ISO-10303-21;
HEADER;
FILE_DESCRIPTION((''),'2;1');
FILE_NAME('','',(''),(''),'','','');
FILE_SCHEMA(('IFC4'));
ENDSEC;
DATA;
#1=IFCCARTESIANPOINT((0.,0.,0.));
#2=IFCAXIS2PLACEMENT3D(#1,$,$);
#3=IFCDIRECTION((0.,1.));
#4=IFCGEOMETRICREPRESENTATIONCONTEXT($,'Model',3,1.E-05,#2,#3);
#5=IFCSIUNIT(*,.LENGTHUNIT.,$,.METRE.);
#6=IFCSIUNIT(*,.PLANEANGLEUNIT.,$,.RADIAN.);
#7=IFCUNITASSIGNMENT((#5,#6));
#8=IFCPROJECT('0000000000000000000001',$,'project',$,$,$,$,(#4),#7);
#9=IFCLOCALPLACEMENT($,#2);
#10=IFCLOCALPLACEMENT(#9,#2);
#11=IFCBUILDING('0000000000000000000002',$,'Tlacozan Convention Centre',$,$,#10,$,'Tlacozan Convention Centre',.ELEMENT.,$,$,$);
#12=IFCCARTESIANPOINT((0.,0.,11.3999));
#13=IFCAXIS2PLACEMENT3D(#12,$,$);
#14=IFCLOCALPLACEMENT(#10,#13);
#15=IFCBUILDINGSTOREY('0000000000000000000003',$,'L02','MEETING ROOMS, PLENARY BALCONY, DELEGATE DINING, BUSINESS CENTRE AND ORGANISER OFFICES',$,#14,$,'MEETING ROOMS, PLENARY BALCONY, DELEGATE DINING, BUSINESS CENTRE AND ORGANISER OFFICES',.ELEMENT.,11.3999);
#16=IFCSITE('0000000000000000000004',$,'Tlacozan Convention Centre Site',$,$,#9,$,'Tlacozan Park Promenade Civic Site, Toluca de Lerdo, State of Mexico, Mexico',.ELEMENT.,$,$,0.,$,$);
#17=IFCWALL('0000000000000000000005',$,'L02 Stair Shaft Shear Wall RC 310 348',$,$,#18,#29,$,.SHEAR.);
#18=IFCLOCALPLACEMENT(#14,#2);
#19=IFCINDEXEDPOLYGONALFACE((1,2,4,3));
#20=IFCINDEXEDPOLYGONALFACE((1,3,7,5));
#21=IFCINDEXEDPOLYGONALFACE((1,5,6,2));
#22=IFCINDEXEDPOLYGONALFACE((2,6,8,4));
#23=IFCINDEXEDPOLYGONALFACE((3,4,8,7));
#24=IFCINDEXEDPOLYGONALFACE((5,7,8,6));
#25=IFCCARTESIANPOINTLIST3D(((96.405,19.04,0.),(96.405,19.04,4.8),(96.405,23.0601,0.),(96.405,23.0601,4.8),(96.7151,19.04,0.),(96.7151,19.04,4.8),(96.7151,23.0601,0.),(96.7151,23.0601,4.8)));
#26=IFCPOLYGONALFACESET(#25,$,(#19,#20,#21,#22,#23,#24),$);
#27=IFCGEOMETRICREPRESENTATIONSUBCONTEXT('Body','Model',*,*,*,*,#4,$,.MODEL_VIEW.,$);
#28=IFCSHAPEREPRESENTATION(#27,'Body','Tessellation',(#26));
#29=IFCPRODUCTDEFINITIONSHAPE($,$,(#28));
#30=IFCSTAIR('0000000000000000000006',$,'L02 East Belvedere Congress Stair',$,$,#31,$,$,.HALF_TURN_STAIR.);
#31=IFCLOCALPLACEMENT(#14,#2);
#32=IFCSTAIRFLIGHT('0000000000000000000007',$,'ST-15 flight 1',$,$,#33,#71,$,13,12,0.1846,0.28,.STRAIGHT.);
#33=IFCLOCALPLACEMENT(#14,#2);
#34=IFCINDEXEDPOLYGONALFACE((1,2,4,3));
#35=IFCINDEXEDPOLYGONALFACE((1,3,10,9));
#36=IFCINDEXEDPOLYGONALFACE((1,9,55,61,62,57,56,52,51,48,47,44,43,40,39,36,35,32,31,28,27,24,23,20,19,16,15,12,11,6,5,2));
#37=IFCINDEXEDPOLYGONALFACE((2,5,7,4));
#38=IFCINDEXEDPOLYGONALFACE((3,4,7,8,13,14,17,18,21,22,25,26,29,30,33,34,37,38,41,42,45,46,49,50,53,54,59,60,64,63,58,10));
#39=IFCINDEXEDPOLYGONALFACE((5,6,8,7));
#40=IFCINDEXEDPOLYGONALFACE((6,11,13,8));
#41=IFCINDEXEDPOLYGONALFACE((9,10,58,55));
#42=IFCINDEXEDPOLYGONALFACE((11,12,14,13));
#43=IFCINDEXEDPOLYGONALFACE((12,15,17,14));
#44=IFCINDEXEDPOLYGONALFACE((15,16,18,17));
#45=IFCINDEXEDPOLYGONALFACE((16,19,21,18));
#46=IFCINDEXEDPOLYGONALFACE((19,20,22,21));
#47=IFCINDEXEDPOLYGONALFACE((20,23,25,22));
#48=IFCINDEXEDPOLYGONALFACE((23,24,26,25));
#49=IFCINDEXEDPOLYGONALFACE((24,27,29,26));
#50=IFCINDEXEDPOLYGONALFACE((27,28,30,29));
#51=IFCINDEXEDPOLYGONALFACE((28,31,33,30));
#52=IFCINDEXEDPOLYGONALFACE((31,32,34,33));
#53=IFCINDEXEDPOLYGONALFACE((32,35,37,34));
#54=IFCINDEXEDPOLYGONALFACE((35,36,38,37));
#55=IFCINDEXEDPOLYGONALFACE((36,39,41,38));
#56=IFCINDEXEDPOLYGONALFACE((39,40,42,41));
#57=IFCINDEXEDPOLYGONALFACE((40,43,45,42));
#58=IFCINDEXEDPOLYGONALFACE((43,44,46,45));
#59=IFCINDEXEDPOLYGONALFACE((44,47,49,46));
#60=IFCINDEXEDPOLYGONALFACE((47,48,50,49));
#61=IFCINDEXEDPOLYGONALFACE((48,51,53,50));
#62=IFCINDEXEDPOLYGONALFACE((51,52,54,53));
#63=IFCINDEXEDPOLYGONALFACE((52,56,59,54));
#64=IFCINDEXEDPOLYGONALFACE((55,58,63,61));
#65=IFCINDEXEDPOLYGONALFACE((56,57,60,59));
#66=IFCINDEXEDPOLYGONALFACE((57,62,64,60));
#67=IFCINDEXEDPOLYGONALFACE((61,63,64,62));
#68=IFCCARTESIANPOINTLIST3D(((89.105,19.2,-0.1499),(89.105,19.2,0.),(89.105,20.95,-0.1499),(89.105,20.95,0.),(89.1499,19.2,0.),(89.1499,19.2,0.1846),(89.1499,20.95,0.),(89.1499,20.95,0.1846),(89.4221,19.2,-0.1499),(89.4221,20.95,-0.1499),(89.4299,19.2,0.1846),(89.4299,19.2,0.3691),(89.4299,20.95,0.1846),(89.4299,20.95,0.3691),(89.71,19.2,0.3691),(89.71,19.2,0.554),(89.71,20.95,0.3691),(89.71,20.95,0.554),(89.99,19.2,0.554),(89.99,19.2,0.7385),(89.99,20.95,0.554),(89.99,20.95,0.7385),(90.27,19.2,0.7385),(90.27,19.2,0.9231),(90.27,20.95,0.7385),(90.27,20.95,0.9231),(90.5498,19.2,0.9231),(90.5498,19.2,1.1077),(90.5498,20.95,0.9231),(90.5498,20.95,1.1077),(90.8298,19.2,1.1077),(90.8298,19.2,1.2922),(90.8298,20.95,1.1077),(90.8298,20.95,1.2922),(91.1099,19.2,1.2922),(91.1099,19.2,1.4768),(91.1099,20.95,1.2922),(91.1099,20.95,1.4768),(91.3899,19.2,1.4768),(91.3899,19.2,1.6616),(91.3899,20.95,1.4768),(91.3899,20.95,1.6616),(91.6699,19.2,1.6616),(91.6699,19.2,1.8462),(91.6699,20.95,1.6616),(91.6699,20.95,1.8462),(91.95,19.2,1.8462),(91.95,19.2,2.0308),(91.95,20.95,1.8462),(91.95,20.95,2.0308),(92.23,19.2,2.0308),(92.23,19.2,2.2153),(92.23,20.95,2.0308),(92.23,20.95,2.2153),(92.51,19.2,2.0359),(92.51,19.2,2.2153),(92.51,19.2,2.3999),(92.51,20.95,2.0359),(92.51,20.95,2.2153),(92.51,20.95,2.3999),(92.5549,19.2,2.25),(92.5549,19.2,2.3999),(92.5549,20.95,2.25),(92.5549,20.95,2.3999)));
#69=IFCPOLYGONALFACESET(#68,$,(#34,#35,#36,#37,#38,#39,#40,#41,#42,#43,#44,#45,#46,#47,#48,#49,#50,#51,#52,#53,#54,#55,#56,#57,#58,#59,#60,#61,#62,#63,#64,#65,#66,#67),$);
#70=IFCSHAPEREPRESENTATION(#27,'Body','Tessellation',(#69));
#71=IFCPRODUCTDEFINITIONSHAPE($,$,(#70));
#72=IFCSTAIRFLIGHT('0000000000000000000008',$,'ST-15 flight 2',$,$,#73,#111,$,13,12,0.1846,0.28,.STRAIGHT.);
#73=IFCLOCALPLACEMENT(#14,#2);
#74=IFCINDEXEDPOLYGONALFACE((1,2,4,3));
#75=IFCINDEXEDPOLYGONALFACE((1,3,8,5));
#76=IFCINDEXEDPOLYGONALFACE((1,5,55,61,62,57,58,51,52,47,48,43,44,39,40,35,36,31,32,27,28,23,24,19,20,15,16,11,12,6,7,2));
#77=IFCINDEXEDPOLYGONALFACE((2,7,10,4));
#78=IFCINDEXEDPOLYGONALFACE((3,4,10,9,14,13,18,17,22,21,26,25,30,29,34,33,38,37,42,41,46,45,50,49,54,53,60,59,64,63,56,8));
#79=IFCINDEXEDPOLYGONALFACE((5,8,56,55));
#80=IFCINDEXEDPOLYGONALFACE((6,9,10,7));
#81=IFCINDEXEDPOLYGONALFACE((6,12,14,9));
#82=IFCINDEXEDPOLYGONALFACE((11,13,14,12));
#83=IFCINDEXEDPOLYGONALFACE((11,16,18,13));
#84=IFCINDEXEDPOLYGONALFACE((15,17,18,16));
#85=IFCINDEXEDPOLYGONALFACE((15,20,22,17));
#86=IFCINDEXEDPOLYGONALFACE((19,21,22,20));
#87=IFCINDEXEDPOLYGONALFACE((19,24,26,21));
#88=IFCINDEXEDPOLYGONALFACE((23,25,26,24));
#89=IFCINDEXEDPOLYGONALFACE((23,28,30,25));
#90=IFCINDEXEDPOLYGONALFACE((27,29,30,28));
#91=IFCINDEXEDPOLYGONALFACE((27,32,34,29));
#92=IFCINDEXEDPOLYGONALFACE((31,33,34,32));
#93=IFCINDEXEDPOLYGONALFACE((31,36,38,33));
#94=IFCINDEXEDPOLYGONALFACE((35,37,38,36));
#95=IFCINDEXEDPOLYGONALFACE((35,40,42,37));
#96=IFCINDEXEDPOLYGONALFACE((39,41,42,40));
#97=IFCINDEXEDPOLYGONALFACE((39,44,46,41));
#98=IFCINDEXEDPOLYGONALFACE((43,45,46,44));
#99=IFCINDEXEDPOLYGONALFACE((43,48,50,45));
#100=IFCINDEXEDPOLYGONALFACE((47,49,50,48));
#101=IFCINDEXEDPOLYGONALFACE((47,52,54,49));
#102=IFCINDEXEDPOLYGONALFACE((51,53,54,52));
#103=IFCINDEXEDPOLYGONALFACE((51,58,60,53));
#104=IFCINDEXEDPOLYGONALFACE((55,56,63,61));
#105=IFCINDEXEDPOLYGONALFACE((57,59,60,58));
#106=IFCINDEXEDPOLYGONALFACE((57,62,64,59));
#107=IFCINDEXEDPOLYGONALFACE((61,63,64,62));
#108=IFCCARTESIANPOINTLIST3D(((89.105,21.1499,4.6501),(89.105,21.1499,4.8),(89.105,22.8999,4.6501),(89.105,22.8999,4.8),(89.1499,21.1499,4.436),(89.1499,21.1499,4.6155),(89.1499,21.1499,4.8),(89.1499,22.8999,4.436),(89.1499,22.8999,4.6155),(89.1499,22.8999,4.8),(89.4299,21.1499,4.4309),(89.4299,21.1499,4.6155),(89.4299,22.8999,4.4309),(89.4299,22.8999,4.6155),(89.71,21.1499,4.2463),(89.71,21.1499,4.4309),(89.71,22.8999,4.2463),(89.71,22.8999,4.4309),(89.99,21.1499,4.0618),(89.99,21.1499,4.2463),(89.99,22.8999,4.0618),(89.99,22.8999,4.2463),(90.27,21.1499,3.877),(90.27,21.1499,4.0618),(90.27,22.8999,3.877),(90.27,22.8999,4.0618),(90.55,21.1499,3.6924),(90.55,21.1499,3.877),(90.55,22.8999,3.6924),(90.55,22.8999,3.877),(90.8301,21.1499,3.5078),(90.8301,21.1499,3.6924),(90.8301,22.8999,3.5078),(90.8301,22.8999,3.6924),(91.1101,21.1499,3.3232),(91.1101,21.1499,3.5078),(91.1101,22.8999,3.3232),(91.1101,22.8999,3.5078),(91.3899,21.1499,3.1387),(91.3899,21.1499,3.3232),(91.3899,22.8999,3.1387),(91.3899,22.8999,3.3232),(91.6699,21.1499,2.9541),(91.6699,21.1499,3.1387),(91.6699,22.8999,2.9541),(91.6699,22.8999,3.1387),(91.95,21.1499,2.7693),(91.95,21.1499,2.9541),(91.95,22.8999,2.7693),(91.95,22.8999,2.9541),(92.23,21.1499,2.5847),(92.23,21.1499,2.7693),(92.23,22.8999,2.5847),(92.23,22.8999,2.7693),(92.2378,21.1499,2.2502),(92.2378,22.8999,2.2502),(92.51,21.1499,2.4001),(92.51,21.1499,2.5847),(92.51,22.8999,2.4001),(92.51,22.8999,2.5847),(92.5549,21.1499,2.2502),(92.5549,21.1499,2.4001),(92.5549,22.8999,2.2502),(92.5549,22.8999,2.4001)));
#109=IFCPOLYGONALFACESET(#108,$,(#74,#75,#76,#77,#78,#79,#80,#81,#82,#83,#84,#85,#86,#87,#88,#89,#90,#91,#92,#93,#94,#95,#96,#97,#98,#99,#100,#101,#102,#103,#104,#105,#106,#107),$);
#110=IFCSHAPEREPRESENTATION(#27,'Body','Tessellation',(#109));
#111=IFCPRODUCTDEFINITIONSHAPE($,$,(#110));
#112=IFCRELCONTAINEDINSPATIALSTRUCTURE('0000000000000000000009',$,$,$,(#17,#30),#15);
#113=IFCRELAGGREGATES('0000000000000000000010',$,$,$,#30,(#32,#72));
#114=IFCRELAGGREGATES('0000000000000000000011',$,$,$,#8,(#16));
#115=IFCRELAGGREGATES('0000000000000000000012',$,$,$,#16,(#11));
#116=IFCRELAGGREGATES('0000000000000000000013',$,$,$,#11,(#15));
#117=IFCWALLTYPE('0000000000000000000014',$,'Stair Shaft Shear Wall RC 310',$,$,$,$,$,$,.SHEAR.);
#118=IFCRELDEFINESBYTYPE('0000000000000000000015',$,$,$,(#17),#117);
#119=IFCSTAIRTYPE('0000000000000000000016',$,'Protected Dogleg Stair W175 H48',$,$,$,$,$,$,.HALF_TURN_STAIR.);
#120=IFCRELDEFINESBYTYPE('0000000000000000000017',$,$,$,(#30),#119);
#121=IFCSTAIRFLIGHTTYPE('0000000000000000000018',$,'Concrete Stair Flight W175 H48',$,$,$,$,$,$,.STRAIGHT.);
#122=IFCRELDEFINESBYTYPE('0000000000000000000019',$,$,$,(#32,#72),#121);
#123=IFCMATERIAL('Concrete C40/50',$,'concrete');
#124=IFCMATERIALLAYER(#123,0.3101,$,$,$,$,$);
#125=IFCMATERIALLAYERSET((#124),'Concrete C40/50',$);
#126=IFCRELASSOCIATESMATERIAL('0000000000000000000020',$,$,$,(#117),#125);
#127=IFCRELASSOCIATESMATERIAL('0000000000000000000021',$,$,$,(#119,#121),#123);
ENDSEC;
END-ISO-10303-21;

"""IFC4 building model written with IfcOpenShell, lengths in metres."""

from ifc_helpers import new_model, si_unit, direction, frame, frame_2d, origin, place, context, subcontext, project, spatial, polyline, rectangle, outline, extrude, material, layer, layer_set, type_object, element, aggregate, save


model = new_model("IFC4")

# Units and contexts
model_context = context("Model", 3, precision=1e-05, world=origin(), true_north=direction((0.0, 1.0)))
body_context = subcontext(model_context, "Body", "Model", "MODEL_VIEW")
ifc_project = project(units=[si_unit("LENGTHUNIT", "METRE"), si_unit("PLANEANGLEUNIT", "RADIAN")], contexts=[model_context])

# Site, building, storey
site_placement = place(None, origin())
site = spatial("IfcSite", under=ifc_project, at=site_placement, Name="Tlacozan Convention Centre Site", LongName="Tlacozan Park Promenade Civic Site, Toluca de Lerdo, State of Mexico, Mexico", CompositionType="ELEMENT", RefElevation=0.0)
building_placement = place(site_placement, origin())
building = spatial("IfcBuilding", under=site, at=building_placement, Name="Tlacozan Convention Centre", LongName="Tlacozan Convention Centre", CompositionType="ELEMENT")
storey_placement = place(building_placement, frame((0.0, 0.0, 11.3999)))
storey = spatial("IfcBuildingStorey", under=building, at=storey_placement, Name="L02", Description="MEETING ROOMS, PLENARY BALCONY, DELEGATE DINING, BUSINESS CENTRE AND ORGANISER OFFICES", LongName="MEETING ROOMS, PLENARY BALCONY, DELEGATE DINING, BUSINESS CENTRE AND ORGANISER OFFICES", CompositionType="ELEMENT", Elevation=11.3999)

# Shared definitions
ifc_material_1 = material(Name="Concrete C40/50", Category="concrete")

# Shared definitions
ifc_layer_1 = layer(ifc_material_1, 0.3101)
ifc_layer_set_1 = layer_set([ifc_layer_1], Name="Concrete C40/50")
wall_type_1 = type_object("IfcWallType", Name="Stair Shaft Shear Wall RC 310", PredefinedType="SHEAR", material=ifc_layer_set_1)

# Wall
wall_1_placement = place(storey_placement, frame((96.5601, 19.04, 0.0), z_axis=(0.0, 0.0, 1.0), x_axis=(0.0, 1.0, 0.0)))
element("IfcWall", 1, at=wall_1_placement, inside=storey, type_object=wall_type_1, Name="L02 Stair Shaft Shear Wall RC 310 348", PredefinedType="SHEAR", context=body_context, shape_type="SweptSolid", body=[
    extrude(rectangle(XDim=4.02, YDim=0.3101, at=frame_2d((2.01, 0.0))), origin(), (0.0, 0.0, 1.0), 4.8),
])

# Stair, stair flights
stair_type = type_object("IfcStairType", Name="Protected Dogleg Stair W175 H48", PredefinedType="HALF_TURN_STAIR", material=ifc_material_1)
stair_placement = place(storey_placement, origin())
stair = element("IfcStair", 2, at=stair_placement, inside=storey, type_object=stair_type, Name="L02 East Belvedere Congress Stair", PredefinedType="HALF_TURN_STAIR")
stair_flight_type = type_object("IfcStairFlightType", Name="Concrete Stair Flight W175 H48", PredefinedType="STRAIGHT", material=ifc_material_1)
stair_flight_1_placement = place(storey_placement, frame((89.1499, 20.075, 0.0), z_axis=(0.0, 0.0, 1.0), x_axis=(1.0, 0.0, 0.0)))
stair_flight_1 = element("IfcStairFlight", 3, at=stair_flight_1_placement, type_object=stair_flight_type, Name="ST-15 flight 1", NumberOfRisers=13, NumberOfTreads=12, PredefinedType="STRAIGHT", RiserHeight=0.1846, TreadLength=0.28, context=body_context, shape_type="SweptSolid", body=[
    extrude(outline(polyline([(-0.0449, -0.1499), (-0.0449, 0.0), (0.0, 0.0), (0.0, 0.1846), (0.28, 0.1846), (0.28, 0.3691), (0.5601, 0.3691), (0.5601, 0.554), (0.8401, 0.554), (0.8401, 0.7385), (1.1201, 0.7385), (1.1201, 0.9231), (1.3999, 0.9231), (1.3999, 1.1077), (1.6799, 1.1077), (1.6799, 1.2922), (1.96, 1.2922), (1.96, 1.4768), (2.24, 1.4768), (2.24, 1.6616), (2.52, 1.6616), (2.52, 1.8462), (2.8, 1.8462), (2.8, 2.0308), (3.0801, 2.0308), (3.0801, 2.2153), (3.3601, 2.2153), (3.3601, 2.3999), (3.405, 2.3999), (3.405, 2.25), (3.3601, 2.0359), (0.2722, -0.1499), (-0.0449, -0.1499)])), frame((0.0, 0.875, 0.0), z_axis=(0.0, -1.0, 0.0), x_axis=(1.0, 0.0, 0.0)), (0.0, 0.0, 1.0), 1.75),
])
stair_flight_2_placement = place(storey_placement, frame((92.51, 22.0249, 2.4001), z_axis=(0.0, 0.0, 1.0), x_axis=(-1.0, 0.0, 0.0)))
stair_flight_2 = element("IfcStairFlight", 4, at=stair_flight_2_placement, type_object=stair_flight_type, Name="ST-15 flight 2", NumberOfRisers=13, NumberOfTreads=12, PredefinedType="STRAIGHT", RiserHeight=0.1846, TreadLength=0.28, context=body_context, shape_type="SweptSolid", body=[
    extrude(outline(polyline([(-0.0449, -0.1499), (-0.0449, 0.0), (0.0, 0.0), (0.0, 0.1846), (0.28, 0.1846), (0.28, 0.3691), (0.5601, 0.3691), (0.5601, 0.554), (0.8401, 0.554), (0.8401, 0.7385), (1.1201, 0.7385), (1.1201, 0.9231), (1.3999, 0.9231), (1.3999, 1.1077), (1.6799, 1.1077), (1.6799, 1.2922), (1.96, 1.2922), (1.96, 1.4768), (2.24, 1.4768), (2.24, 1.6616), (2.52, 1.6616), (2.52, 1.8462), (2.8, 1.8462), (2.8, 2.0308), (3.0801, 2.0308), (3.0801, 2.2153), (3.3601, 2.2153), (3.3601, 2.3999), (3.405, 2.3999), (3.405, 2.25), (3.3601, 2.0359), (0.2722, -0.1499), (-0.0449, -0.1499)])), frame((0.0, 0.875, 0.0), z_axis=(0.0, -1.0, 0.0), x_axis=(1.0, 0.0, 0.0)), (0.0, 0.0, 1.0), 1.75),
])
aggregate(stair, [stair_flight_1, stair_flight_2])

save(model, "model.ifc")
